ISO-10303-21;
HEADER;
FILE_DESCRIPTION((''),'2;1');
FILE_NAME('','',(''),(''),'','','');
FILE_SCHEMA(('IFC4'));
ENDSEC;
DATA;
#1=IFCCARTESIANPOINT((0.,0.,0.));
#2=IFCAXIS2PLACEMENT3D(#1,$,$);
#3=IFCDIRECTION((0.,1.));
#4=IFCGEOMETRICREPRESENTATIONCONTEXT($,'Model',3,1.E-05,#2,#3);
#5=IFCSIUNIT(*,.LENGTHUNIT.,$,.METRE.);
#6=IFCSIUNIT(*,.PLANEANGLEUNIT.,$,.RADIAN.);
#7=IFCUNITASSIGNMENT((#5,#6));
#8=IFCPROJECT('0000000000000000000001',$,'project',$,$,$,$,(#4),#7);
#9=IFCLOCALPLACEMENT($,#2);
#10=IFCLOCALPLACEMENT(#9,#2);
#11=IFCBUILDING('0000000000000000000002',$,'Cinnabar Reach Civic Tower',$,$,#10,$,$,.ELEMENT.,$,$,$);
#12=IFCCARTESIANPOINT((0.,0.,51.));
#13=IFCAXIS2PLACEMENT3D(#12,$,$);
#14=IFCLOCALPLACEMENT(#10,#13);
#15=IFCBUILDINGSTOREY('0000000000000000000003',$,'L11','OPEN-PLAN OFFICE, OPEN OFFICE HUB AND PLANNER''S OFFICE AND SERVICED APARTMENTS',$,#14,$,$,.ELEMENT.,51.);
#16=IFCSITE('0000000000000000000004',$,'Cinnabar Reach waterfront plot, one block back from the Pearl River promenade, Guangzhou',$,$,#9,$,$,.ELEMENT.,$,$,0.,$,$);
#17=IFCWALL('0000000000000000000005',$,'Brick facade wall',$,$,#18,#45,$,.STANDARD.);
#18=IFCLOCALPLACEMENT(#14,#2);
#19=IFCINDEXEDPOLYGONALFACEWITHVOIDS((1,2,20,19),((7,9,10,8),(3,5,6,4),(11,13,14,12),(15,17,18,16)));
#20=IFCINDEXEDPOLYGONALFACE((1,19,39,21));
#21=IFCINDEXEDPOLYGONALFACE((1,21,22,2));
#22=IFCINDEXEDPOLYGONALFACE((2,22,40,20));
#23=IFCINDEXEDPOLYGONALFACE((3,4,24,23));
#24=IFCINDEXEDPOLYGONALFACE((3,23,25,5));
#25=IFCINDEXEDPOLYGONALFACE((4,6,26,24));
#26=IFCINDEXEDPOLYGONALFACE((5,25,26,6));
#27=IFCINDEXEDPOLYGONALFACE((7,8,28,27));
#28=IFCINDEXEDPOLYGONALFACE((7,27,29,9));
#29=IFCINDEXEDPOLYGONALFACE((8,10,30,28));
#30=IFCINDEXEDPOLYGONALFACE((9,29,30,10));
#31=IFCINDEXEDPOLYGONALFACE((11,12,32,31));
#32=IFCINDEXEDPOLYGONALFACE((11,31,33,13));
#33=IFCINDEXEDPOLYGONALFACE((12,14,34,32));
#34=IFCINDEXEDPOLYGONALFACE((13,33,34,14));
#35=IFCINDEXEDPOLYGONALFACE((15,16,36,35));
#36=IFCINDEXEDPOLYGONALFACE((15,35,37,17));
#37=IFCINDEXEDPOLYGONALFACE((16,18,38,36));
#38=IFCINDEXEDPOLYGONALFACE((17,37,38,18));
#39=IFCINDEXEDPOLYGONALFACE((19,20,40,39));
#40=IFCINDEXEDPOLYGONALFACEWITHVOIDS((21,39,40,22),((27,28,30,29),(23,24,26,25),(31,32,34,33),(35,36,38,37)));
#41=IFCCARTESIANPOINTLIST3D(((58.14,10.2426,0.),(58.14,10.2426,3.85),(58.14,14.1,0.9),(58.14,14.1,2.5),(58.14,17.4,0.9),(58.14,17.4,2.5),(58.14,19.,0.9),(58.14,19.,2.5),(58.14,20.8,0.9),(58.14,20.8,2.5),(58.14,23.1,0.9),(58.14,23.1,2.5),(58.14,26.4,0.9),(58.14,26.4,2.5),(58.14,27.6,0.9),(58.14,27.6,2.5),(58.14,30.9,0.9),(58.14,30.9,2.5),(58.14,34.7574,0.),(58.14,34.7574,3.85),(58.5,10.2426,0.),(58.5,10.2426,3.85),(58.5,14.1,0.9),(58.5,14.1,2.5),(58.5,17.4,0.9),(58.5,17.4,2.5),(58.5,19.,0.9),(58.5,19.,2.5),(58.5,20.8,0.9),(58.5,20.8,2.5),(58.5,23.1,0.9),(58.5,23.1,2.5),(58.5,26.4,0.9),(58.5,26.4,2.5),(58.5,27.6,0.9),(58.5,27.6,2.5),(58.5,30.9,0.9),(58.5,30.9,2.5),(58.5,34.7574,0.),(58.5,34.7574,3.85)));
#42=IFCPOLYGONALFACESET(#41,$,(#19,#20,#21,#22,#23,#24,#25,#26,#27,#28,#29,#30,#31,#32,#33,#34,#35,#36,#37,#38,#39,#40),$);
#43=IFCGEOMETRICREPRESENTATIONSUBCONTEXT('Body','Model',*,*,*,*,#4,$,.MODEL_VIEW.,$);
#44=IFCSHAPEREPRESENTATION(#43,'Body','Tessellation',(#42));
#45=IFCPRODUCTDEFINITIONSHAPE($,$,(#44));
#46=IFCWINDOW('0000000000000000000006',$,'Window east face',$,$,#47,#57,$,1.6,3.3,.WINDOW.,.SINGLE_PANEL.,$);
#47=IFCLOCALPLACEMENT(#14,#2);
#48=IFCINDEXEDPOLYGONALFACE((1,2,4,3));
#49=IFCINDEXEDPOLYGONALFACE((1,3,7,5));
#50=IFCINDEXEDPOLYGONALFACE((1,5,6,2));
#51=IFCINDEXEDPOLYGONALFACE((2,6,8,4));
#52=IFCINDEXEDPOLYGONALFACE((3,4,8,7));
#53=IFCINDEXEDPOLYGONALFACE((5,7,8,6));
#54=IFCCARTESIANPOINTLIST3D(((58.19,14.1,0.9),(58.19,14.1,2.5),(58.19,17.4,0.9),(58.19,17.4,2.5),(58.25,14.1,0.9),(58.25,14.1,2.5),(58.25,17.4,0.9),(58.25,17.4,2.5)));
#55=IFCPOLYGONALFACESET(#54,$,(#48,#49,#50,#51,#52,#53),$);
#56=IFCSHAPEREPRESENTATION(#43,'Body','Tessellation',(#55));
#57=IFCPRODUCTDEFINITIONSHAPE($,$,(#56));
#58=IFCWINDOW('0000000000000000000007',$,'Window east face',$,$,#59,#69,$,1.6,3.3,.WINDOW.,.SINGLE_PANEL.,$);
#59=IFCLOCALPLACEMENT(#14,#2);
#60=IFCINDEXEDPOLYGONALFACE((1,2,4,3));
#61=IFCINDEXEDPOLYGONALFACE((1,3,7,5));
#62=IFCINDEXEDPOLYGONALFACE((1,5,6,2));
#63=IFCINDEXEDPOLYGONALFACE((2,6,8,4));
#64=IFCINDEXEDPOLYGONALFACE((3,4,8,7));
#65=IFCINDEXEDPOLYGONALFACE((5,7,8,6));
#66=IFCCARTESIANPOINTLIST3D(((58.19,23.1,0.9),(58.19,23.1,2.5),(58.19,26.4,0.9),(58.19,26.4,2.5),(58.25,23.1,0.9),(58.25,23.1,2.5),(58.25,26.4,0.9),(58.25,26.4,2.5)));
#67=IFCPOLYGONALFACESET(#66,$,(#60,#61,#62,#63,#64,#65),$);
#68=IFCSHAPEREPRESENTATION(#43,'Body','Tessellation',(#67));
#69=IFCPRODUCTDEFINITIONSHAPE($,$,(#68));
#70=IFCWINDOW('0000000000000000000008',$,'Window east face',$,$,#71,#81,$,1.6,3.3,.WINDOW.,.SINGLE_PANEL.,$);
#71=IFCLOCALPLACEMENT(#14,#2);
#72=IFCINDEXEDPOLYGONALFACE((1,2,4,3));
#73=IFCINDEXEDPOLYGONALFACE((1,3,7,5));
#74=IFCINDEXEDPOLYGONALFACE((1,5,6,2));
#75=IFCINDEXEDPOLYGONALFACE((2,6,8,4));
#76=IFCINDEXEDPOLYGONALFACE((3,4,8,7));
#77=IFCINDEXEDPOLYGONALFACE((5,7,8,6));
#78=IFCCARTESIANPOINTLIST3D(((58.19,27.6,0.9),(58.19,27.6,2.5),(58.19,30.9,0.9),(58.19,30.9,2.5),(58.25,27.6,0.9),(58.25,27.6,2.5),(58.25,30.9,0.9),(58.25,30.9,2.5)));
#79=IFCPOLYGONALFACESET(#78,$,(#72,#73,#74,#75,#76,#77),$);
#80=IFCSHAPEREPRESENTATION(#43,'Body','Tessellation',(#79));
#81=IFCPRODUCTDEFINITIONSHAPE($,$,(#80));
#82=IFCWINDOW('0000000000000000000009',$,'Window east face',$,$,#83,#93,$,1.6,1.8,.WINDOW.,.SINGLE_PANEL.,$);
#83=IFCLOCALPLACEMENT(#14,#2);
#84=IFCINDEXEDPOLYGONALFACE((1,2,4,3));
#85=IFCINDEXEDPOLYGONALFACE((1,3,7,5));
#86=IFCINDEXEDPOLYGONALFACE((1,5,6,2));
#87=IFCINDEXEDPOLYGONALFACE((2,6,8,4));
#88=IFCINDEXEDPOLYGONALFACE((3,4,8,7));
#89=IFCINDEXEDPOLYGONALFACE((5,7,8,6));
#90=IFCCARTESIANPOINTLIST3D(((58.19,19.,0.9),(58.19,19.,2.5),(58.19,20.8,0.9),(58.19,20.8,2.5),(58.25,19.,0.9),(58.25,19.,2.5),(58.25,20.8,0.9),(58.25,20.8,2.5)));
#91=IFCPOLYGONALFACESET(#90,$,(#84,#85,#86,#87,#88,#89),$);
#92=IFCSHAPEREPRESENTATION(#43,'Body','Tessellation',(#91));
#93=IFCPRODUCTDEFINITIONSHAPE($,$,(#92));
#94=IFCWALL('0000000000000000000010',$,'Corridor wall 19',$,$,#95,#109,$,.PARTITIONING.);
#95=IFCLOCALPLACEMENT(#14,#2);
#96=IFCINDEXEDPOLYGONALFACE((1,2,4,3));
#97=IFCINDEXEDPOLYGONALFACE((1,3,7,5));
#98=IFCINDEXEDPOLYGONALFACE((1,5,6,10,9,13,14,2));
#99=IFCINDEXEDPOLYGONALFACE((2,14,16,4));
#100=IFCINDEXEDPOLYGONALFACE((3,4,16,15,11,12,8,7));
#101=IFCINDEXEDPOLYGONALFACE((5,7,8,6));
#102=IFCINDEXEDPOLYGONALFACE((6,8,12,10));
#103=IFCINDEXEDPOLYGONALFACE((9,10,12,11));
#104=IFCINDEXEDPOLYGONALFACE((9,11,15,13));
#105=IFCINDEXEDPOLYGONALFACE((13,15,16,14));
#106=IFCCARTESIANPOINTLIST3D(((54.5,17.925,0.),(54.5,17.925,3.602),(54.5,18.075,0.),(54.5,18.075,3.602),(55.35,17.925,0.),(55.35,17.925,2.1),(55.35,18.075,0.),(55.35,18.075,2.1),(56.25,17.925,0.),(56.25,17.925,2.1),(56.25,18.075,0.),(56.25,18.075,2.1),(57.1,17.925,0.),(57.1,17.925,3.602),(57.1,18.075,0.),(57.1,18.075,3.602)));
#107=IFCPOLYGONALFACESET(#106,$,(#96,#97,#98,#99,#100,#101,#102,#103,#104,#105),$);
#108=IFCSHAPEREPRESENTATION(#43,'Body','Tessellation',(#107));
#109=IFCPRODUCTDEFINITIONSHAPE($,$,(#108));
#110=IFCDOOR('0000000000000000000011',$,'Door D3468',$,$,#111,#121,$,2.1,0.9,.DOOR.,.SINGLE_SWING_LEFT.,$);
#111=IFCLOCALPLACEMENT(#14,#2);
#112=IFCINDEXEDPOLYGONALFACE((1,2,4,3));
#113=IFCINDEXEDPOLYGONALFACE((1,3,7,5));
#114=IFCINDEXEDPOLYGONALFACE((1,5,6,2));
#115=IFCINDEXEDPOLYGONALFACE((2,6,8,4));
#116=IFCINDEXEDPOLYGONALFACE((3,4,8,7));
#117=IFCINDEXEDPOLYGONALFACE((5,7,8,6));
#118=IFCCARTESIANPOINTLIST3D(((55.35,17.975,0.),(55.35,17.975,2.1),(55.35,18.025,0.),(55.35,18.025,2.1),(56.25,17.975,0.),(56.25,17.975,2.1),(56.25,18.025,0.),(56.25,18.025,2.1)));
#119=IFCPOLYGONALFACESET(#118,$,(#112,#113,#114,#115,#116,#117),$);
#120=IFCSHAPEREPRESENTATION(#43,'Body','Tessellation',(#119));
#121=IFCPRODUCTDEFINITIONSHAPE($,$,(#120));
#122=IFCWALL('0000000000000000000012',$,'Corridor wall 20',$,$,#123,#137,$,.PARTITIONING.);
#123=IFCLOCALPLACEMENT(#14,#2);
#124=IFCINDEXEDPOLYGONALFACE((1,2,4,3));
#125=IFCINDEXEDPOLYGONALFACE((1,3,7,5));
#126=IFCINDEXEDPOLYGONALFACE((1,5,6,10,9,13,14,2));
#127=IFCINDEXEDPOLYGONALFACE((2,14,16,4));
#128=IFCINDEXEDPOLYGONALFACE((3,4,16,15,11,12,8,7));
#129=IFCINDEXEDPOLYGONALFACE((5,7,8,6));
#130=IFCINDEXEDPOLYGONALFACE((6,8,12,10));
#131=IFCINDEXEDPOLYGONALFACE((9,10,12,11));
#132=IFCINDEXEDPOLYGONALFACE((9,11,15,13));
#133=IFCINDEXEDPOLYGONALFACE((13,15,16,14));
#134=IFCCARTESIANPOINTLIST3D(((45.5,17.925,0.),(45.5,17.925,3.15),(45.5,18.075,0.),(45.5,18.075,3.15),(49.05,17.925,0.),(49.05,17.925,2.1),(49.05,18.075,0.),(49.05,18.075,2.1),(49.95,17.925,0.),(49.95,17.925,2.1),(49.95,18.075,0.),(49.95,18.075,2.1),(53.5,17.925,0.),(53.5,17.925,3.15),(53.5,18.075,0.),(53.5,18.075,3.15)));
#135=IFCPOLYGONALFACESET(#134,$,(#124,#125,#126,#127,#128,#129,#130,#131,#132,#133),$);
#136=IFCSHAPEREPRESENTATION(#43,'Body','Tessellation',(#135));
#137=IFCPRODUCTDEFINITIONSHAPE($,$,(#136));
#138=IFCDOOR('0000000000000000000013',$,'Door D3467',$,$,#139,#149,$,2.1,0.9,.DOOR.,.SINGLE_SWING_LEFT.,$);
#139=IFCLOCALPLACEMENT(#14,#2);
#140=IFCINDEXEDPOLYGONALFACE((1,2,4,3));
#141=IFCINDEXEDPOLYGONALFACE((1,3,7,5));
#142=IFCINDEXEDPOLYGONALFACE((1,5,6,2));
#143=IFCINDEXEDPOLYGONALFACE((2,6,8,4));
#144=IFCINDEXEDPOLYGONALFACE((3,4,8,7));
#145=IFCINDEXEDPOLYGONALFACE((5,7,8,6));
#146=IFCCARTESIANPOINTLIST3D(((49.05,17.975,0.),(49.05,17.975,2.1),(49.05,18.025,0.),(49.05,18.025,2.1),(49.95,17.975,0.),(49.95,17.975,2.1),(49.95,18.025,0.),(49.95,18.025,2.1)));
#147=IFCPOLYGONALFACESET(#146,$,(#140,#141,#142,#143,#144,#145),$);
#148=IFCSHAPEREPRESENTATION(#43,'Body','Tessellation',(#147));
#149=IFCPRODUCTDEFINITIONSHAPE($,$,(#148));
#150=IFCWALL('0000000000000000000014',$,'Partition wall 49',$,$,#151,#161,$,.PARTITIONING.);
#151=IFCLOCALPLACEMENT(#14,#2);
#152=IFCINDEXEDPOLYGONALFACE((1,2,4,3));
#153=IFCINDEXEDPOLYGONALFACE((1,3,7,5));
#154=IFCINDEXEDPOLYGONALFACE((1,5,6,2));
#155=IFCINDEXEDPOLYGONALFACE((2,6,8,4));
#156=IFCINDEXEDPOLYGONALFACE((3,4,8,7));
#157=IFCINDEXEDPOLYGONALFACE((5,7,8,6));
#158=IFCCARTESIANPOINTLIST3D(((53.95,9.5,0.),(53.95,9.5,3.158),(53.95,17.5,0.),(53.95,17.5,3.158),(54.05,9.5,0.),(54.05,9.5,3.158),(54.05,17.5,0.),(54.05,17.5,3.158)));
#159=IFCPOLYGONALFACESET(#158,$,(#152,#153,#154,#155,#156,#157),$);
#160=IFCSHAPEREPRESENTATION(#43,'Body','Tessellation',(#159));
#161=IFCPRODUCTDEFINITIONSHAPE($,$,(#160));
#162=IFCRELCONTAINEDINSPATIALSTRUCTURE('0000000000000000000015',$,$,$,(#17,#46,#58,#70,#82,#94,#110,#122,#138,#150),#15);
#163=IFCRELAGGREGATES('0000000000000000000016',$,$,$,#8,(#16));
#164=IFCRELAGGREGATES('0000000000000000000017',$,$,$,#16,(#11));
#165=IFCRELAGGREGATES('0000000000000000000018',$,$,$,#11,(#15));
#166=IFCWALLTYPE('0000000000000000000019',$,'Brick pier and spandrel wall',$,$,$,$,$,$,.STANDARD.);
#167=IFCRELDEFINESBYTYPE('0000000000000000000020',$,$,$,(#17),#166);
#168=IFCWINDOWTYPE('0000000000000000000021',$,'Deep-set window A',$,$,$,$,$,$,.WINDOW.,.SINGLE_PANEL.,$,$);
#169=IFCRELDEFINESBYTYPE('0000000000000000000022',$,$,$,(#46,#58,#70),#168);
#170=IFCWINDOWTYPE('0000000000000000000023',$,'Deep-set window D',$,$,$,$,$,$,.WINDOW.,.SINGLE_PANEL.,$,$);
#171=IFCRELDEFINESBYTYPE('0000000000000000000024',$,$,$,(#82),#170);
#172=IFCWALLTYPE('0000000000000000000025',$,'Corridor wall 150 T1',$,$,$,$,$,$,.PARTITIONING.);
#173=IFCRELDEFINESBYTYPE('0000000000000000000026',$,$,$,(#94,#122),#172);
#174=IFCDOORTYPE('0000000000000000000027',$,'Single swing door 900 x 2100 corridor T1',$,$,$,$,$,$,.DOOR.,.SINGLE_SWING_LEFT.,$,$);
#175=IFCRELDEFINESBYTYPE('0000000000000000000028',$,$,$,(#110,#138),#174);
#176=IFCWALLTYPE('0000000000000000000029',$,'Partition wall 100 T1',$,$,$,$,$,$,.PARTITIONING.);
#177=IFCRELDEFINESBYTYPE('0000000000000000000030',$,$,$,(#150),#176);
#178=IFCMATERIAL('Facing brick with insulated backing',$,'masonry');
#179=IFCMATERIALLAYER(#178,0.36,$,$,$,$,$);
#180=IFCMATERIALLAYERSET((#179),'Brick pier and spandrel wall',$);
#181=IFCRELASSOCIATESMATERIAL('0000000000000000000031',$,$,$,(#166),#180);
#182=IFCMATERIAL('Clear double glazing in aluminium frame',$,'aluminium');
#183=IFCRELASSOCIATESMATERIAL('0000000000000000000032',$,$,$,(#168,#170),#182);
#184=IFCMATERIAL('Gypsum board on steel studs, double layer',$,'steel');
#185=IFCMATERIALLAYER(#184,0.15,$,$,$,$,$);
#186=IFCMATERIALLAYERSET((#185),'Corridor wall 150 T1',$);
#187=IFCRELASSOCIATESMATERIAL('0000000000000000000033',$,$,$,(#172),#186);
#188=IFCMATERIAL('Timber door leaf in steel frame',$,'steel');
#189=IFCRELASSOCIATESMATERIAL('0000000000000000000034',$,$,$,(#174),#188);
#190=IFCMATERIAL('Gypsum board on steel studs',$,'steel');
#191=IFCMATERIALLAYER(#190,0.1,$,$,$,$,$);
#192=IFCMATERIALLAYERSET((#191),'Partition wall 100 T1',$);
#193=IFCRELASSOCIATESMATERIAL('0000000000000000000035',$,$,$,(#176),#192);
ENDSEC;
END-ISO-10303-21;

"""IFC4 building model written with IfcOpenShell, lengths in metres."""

from ifc_helpers import new_model, si_unit, direction, frame, frame_2d, origin, place, context, subcontext, project, spatial, rectangle, extrude, material, layer, layer_set, type_object, element, fill, save


model = new_model("IFC4")

# Units and contexts
model_context = context("Model", 3, precision=1e-05, world=origin(), true_north=direction((0.0, 1.0)))
body_context = subcontext(model_context, "Body", "Model", "MODEL_VIEW")
ifc_project = project(units=[si_unit("LENGTHUNIT", "METRE"), si_unit("PLANEANGLEUNIT", "RADIAN")], contexts=[model_context])

# Site, building, storey
site_placement = place(None, origin())
site = spatial("IfcSite", under=ifc_project, at=site_placement, Name="Cinnabar Reach waterfront plot, one block back from the Pearl River promenade, Guangzhou", CompositionType="ELEMENT", RefElevation=0.0)
building_placement = place(site_placement, origin())
building = spatial("IfcBuilding", under=site, at=building_placement, Name="Cinnabar Reach Civic Tower", CompositionType="ELEMENT")
storey_placement = place(building_placement, frame((0.0, 0.0, 51.0)))
storey = spatial("IfcBuildingStorey", under=building, at=storey_placement, Name="L11", Description="OPEN-PLAN OFFICE, OPEN OFFICE HUB AND PLANNER'S OFFICE AND SERVICED APARTMENTS", CompositionType="ELEMENT", Elevation=51.0)

# Shared definitions
ifc_material_1 = material(Name="Facing brick with insulated backing", Category="masonry")

# Wall, openings, windows
ifc_layer_1 = layer(ifc_material_1, 0.36)
ifc_layer_set_1 = layer_set([ifc_layer_1], Name="Brick pier and spandrel wall")
wall_type_1 = type_object("IfcWallType", Name="Brick pier and spandrel wall", PredefinedType="STANDARD", material=ifc_layer_set_1)
wall_1_placement = place(storey_placement, frame((58.32, 10.2426, 0.0), z_axis=(0.0, 0.0, 1.0), x_axis=(0.0, 1.0, 0.0)))
wall_1 = element("IfcWall", 1, at=wall_1_placement, inside=storey, type_object=wall_type_1, Name="Brick facade wall", PredefinedType="STANDARD", context=body_context, shape_type="SweptSolid", body=[
    extrude(rectangle(XDim=24.5148, YDim=0.36, at=frame_2d((12.2574, 0.0))), origin(), (0.0, 0.0, 1.0), 3.85),
])
opening_1_placement = place(wall_1_placement, frame((3.8574, 0.0, 0.9)))
opening_1 = element("IfcOpeningElement", 2, at=opening_1_placement, cuts=wall_1, PredefinedType="OPENING", context=body_context, shape_type="SweptSolid", body=[
    extrude(rectangle(XDim=3.3, YDim=1.6, at=frame_2d((1.65, 0.8))), frame((0.0, 0.19, 0.0), z_axis=(0.0, -1.0, 0.0), x_axis=(1.0, 0.0, 0.0)), (0.0, 0.0, 1.0), 0.38),
])
opening_2_placement = place(wall_1_placement, frame((8.7574, 0.0, 0.9)))
opening_2 = element("IfcOpeningElement", 3, at=opening_2_placement, cuts=wall_1, PredefinedType="OPENING", context=body_context, shape_type="SweptSolid", body=[
    extrude(rectangle(XDim=1.8, YDim=1.6, at=frame_2d((0.9, 0.8))), frame((0.0, 0.19, 0.0), z_axis=(0.0, -1.0, 0.0), x_axis=(1.0, 0.0, 0.0)), (0.0, 0.0, 1.0), 0.38),
])
opening_3_placement = place(wall_1_placement, frame((12.8574, 0.0, 0.9)))
opening_3 = element("IfcOpeningElement", 4, at=opening_3_placement, cuts=wall_1, PredefinedType="OPENING", context=body_context, shape_type="SweptSolid", body=[
    extrude(rectangle(XDim=3.3, YDim=1.6, at=frame_2d((1.65, 0.8))), frame((0.0, 0.19, 0.0), z_axis=(0.0, -1.0, 0.0), x_axis=(1.0, 0.0, 0.0)), (0.0, 0.0, 1.0), 0.38),
])
opening_4_placement = place(wall_1_placement, frame((17.3574, 0.0, 0.9)))
opening_4 = element("IfcOpeningElement", 5, at=opening_4_placement, cuts=wall_1, PredefinedType="OPENING", context=body_context, shape_type="SweptSolid", body=[
    extrude(rectangle(XDim=3.3, YDim=1.6, at=frame_2d((1.65, 0.8))), frame((0.0, 0.19, 0.0), z_axis=(0.0, -1.0, 0.0), x_axis=(1.0, 0.0, 0.0)), (0.0, 0.0, 1.0), 0.38),
])
ifc_material_2 = material(Name="Clear double glazing in aluminium frame", Category="aluminium")
window_type_1 = type_object("IfcWindowType", Name="Deep-set window A", PartitioningType="SINGLE_PANEL", PredefinedType="WINDOW", material=ifc_material_2)
window_1_placement = place(opening_1_placement, origin())
window_1 = element("IfcWindow", 6, at=window_1_placement, inside=storey, type_object=window_type_1, Name="Window east face", OverallHeight=1.6, OverallWidth=3.3, PartitioningType="SINGLE_PANEL", PredefinedType="WINDOW", context=body_context, shape_type="SweptSolid", body=[
    extrude(rectangle(XDim=3.3, YDim=1.6, at=frame_2d((1.65, 0.8))), frame((0.0, 0.13, 0.0), z_axis=(0.0, -1.0, 0.0), x_axis=(1.0, 0.0, 0.0)), (0.0, 0.0, 1.0), 0.06),
])
fill(opening_1, window_1)
window_2_placement = place(opening_3_placement, origin())
window_2 = element("IfcWindow", 7, at=window_2_placement, inside=storey, type_object=window_type_1, Name="Window east face", OverallHeight=1.6, OverallWidth=3.3, PartitioningType="SINGLE_PANEL", PredefinedType="WINDOW", context=body_context, shape_type="SweptSolid", body=[
    extrude(rectangle(XDim=3.3, YDim=1.6, at=frame_2d((1.65, 0.8))), frame((0.0, 0.13, 0.0), z_axis=(0.0, -1.0, 0.0), x_axis=(1.0, 0.0, 0.0)), (0.0, 0.0, 1.0), 0.06),
])
fill(opening_3, window_2)
window_3_placement = place(opening_4_placement, origin())
window_3 = element("IfcWindow", 8, at=window_3_placement, inside=storey, type_object=window_type_1, Name="Window east face", OverallHeight=1.6, OverallWidth=3.3, PartitioningType="SINGLE_PANEL", PredefinedType="WINDOW", context=body_context, shape_type="SweptSolid", body=[
    extrude(rectangle(XDim=3.3, YDim=1.6, at=frame_2d((1.65, 0.8))), frame((0.0, 0.13, 0.0), z_axis=(0.0, -1.0, 0.0), x_axis=(1.0, 0.0, 0.0)), (0.0, 0.0, 1.0), 0.06),
])
fill(opening_4, window_3)
window_type_2 = type_object("IfcWindowType", Name="Deep-set window D", PartitioningType="SINGLE_PANEL", PredefinedType="WINDOW", material=ifc_material_2)
window_4_placement = place(opening_2_placement, origin())
window_4 = element("IfcWindow", 9, at=window_4_placement, inside=storey, type_object=window_type_2, Name="Window east face", OverallHeight=1.6, OverallWidth=1.8, PartitioningType="SINGLE_PANEL", PredefinedType="WINDOW", context=body_context, shape_type="SweptSolid", body=[
    extrude(rectangle(XDim=1.8, YDim=1.6, at=frame_2d((0.9, 0.8))), frame((0.0, 0.13, 0.0), z_axis=(0.0, -1.0, 0.0), x_axis=(1.0, 0.0, 0.0)), (0.0, 0.0, 1.0), 0.06),
])
fill(opening_2, window_4)

# Walls, openings, doors
ifc_material_3 = material(Name="Gypsum board on steel studs, double layer", Category="steel")
ifc_layer_2 = layer(ifc_material_3, 0.15)
ifc_layer_set_2 = layer_set([ifc_layer_2], Name="Corridor wall 150 T1")
wall_type_2 = type_object("IfcWallType", Name="Corridor wall 150 T1", PredefinedType="PARTITIONING", material=ifc_layer_set_2)
wall_2_placement = place(storey_placement, frame((54.5, 18.0, 0.0), z_axis=(0.0, 0.0, 1.0), x_axis=(1.0, 0.0, 0.0)))
wall_2 = element("IfcWall", 10, at=wall_2_placement, inside=storey, type_object=wall_type_2, Name="Corridor wall 19", PredefinedType="PARTITIONING", context=body_context, shape_type="SweptSolid", body=[
    extrude(rectangle(XDim=2.6, YDim=0.15, at=frame_2d((1.3, 0.0))), origin(), (0.0, 0.0, 1.0), 3.602),
])
opening_5_placement = place(wall_2_placement, frame((0.85, 0.0, 0.0)))
opening_5 = element("IfcOpeningElement", 11, at=opening_5_placement, cuts=wall_2, PredefinedType="OPENING", context=body_context, shape_type="SweptSolid", body=[
    extrude(rectangle(XDim=0.9, YDim=2.1, at=frame_2d((0.45, 1.05))), frame((0.0, 0.085, 0.0), z_axis=(0.0, -1.0, 0.0), x_axis=(1.0, 0.0, 0.0)), (0.0, 0.0, 1.0), 0.17),
])
ifc_material_4 = material(Name="Timber door leaf in steel frame", Category="steel")
door_type = type_object("IfcDoorType", Name="Single swing door 900 x 2100 corridor T1", OperationType="SINGLE_SWING_LEFT", PredefinedType="DOOR", material=ifc_material_4)
door_1_placement = place(opening_5_placement, frame((0.9, 0.0, 0.0), z_axis=(0.0, 0.0, 1.0), x_axis=(-1.0, 0.0, 0.0)))
door_1 = element("IfcDoor", 12, at=door_1_placement, inside=storey, type_object=door_type, Name="Door D3468", OperationType="SINGLE_SWING_LEFT", OverallHeight=2.1, OverallWidth=0.9, PredefinedType="DOOR", context=body_context, shape_type="SweptSolid", body=[
    extrude(rectangle(XDim=0.9, YDim=2.1, at=frame_2d((0.45, 1.05))), frame((0.0, 0.025, 0.0), z_axis=(0.0, -1.0, 0.0), x_axis=(1.0, 0.0, 0.0)), (0.0, 0.0, 1.0), 0.05),
])
fill(opening_5, door_1)
wall_3_placement = place(storey_placement, frame((45.5, 18.0, 0.0), z_axis=(0.0, 0.0, 1.0), x_axis=(1.0, 0.0, 0.0)))
wall_3 = element("IfcWall", 13, at=wall_3_placement, inside=storey, type_object=wall_type_2, Name="Corridor wall 20", PredefinedType="PARTITIONING", context=body_context, shape_type="SweptSolid", body=[
    extrude(rectangle(XDim=8.0, YDim=0.15, at=frame_2d((4.0, 0.0))), origin(), (0.0, 0.0, 1.0), 3.15),
])
opening_6_placement = place(wall_3_placement, frame((3.55, 0.0, 0.0)))
opening_6 = element("IfcOpeningElement", 14, at=opening_6_placement, cuts=wall_3, PredefinedType="OPENING", context=body_context, shape_type="SweptSolid", body=[
    extrude(rectangle(XDim=0.9, YDim=2.1, at=frame_2d((0.45, 1.05))), frame((0.0, 0.085, 0.0), z_axis=(0.0, -1.0, 0.0), x_axis=(1.0, 0.0, 0.0)), (0.0, 0.0, 1.0), 0.17),
])
door_2_placement = place(opening_6_placement, frame((0.9, 0.0, 0.0), z_axis=(0.0, 0.0, 1.0), x_axis=(-1.0, 0.0, 0.0)))
door_2 = element("IfcDoor", 15, at=door_2_placement, inside=storey, type_object=door_type, Name="Door D3467", OperationType="SINGLE_SWING_LEFT", OverallHeight=2.1, OverallWidth=0.9, PredefinedType="DOOR", context=body_context, shape_type="SweptSolid", body=[
    extrude(rectangle(XDim=0.9, YDim=2.1, at=frame_2d((0.45, 1.05))), frame((0.0, 0.025, 0.0), z_axis=(0.0, -1.0, 0.0), x_axis=(1.0, 0.0, 0.0)), (0.0, 0.0, 1.0), 0.05),
])
fill(opening_6, door_2)

# Wall
ifc_material_5 = material(Name="Gypsum board on steel studs", Category="steel")
ifc_layer_3 = layer(ifc_material_5, 0.1)
ifc_layer_set_3 = layer_set([ifc_layer_3], Name="Partition wall 100 T1")
wall_type_3 = type_object("IfcWallType", Name="Partition wall 100 T1", PredefinedType="PARTITIONING", material=ifc_layer_set_3)
wall_4_placement = place(storey_placement, frame((54.0, 9.5, 0.0), z_axis=(0.0, 0.0, 1.0), x_axis=(0.0, 1.0, 0.0)))
element("IfcWall", 16, at=wall_4_placement, inside=storey, type_object=wall_type_3, Name="Partition wall 49", PredefinedType="PARTITIONING", context=body_context, shape_type="SweptSolid", body=[
    extrude(rectangle(XDim=8.0, YDim=0.1, at=frame_2d((4.0, 0.0))), origin(), (0.0, 0.0, 1.0), 3.158),
])

save(model, "model.ifc")
